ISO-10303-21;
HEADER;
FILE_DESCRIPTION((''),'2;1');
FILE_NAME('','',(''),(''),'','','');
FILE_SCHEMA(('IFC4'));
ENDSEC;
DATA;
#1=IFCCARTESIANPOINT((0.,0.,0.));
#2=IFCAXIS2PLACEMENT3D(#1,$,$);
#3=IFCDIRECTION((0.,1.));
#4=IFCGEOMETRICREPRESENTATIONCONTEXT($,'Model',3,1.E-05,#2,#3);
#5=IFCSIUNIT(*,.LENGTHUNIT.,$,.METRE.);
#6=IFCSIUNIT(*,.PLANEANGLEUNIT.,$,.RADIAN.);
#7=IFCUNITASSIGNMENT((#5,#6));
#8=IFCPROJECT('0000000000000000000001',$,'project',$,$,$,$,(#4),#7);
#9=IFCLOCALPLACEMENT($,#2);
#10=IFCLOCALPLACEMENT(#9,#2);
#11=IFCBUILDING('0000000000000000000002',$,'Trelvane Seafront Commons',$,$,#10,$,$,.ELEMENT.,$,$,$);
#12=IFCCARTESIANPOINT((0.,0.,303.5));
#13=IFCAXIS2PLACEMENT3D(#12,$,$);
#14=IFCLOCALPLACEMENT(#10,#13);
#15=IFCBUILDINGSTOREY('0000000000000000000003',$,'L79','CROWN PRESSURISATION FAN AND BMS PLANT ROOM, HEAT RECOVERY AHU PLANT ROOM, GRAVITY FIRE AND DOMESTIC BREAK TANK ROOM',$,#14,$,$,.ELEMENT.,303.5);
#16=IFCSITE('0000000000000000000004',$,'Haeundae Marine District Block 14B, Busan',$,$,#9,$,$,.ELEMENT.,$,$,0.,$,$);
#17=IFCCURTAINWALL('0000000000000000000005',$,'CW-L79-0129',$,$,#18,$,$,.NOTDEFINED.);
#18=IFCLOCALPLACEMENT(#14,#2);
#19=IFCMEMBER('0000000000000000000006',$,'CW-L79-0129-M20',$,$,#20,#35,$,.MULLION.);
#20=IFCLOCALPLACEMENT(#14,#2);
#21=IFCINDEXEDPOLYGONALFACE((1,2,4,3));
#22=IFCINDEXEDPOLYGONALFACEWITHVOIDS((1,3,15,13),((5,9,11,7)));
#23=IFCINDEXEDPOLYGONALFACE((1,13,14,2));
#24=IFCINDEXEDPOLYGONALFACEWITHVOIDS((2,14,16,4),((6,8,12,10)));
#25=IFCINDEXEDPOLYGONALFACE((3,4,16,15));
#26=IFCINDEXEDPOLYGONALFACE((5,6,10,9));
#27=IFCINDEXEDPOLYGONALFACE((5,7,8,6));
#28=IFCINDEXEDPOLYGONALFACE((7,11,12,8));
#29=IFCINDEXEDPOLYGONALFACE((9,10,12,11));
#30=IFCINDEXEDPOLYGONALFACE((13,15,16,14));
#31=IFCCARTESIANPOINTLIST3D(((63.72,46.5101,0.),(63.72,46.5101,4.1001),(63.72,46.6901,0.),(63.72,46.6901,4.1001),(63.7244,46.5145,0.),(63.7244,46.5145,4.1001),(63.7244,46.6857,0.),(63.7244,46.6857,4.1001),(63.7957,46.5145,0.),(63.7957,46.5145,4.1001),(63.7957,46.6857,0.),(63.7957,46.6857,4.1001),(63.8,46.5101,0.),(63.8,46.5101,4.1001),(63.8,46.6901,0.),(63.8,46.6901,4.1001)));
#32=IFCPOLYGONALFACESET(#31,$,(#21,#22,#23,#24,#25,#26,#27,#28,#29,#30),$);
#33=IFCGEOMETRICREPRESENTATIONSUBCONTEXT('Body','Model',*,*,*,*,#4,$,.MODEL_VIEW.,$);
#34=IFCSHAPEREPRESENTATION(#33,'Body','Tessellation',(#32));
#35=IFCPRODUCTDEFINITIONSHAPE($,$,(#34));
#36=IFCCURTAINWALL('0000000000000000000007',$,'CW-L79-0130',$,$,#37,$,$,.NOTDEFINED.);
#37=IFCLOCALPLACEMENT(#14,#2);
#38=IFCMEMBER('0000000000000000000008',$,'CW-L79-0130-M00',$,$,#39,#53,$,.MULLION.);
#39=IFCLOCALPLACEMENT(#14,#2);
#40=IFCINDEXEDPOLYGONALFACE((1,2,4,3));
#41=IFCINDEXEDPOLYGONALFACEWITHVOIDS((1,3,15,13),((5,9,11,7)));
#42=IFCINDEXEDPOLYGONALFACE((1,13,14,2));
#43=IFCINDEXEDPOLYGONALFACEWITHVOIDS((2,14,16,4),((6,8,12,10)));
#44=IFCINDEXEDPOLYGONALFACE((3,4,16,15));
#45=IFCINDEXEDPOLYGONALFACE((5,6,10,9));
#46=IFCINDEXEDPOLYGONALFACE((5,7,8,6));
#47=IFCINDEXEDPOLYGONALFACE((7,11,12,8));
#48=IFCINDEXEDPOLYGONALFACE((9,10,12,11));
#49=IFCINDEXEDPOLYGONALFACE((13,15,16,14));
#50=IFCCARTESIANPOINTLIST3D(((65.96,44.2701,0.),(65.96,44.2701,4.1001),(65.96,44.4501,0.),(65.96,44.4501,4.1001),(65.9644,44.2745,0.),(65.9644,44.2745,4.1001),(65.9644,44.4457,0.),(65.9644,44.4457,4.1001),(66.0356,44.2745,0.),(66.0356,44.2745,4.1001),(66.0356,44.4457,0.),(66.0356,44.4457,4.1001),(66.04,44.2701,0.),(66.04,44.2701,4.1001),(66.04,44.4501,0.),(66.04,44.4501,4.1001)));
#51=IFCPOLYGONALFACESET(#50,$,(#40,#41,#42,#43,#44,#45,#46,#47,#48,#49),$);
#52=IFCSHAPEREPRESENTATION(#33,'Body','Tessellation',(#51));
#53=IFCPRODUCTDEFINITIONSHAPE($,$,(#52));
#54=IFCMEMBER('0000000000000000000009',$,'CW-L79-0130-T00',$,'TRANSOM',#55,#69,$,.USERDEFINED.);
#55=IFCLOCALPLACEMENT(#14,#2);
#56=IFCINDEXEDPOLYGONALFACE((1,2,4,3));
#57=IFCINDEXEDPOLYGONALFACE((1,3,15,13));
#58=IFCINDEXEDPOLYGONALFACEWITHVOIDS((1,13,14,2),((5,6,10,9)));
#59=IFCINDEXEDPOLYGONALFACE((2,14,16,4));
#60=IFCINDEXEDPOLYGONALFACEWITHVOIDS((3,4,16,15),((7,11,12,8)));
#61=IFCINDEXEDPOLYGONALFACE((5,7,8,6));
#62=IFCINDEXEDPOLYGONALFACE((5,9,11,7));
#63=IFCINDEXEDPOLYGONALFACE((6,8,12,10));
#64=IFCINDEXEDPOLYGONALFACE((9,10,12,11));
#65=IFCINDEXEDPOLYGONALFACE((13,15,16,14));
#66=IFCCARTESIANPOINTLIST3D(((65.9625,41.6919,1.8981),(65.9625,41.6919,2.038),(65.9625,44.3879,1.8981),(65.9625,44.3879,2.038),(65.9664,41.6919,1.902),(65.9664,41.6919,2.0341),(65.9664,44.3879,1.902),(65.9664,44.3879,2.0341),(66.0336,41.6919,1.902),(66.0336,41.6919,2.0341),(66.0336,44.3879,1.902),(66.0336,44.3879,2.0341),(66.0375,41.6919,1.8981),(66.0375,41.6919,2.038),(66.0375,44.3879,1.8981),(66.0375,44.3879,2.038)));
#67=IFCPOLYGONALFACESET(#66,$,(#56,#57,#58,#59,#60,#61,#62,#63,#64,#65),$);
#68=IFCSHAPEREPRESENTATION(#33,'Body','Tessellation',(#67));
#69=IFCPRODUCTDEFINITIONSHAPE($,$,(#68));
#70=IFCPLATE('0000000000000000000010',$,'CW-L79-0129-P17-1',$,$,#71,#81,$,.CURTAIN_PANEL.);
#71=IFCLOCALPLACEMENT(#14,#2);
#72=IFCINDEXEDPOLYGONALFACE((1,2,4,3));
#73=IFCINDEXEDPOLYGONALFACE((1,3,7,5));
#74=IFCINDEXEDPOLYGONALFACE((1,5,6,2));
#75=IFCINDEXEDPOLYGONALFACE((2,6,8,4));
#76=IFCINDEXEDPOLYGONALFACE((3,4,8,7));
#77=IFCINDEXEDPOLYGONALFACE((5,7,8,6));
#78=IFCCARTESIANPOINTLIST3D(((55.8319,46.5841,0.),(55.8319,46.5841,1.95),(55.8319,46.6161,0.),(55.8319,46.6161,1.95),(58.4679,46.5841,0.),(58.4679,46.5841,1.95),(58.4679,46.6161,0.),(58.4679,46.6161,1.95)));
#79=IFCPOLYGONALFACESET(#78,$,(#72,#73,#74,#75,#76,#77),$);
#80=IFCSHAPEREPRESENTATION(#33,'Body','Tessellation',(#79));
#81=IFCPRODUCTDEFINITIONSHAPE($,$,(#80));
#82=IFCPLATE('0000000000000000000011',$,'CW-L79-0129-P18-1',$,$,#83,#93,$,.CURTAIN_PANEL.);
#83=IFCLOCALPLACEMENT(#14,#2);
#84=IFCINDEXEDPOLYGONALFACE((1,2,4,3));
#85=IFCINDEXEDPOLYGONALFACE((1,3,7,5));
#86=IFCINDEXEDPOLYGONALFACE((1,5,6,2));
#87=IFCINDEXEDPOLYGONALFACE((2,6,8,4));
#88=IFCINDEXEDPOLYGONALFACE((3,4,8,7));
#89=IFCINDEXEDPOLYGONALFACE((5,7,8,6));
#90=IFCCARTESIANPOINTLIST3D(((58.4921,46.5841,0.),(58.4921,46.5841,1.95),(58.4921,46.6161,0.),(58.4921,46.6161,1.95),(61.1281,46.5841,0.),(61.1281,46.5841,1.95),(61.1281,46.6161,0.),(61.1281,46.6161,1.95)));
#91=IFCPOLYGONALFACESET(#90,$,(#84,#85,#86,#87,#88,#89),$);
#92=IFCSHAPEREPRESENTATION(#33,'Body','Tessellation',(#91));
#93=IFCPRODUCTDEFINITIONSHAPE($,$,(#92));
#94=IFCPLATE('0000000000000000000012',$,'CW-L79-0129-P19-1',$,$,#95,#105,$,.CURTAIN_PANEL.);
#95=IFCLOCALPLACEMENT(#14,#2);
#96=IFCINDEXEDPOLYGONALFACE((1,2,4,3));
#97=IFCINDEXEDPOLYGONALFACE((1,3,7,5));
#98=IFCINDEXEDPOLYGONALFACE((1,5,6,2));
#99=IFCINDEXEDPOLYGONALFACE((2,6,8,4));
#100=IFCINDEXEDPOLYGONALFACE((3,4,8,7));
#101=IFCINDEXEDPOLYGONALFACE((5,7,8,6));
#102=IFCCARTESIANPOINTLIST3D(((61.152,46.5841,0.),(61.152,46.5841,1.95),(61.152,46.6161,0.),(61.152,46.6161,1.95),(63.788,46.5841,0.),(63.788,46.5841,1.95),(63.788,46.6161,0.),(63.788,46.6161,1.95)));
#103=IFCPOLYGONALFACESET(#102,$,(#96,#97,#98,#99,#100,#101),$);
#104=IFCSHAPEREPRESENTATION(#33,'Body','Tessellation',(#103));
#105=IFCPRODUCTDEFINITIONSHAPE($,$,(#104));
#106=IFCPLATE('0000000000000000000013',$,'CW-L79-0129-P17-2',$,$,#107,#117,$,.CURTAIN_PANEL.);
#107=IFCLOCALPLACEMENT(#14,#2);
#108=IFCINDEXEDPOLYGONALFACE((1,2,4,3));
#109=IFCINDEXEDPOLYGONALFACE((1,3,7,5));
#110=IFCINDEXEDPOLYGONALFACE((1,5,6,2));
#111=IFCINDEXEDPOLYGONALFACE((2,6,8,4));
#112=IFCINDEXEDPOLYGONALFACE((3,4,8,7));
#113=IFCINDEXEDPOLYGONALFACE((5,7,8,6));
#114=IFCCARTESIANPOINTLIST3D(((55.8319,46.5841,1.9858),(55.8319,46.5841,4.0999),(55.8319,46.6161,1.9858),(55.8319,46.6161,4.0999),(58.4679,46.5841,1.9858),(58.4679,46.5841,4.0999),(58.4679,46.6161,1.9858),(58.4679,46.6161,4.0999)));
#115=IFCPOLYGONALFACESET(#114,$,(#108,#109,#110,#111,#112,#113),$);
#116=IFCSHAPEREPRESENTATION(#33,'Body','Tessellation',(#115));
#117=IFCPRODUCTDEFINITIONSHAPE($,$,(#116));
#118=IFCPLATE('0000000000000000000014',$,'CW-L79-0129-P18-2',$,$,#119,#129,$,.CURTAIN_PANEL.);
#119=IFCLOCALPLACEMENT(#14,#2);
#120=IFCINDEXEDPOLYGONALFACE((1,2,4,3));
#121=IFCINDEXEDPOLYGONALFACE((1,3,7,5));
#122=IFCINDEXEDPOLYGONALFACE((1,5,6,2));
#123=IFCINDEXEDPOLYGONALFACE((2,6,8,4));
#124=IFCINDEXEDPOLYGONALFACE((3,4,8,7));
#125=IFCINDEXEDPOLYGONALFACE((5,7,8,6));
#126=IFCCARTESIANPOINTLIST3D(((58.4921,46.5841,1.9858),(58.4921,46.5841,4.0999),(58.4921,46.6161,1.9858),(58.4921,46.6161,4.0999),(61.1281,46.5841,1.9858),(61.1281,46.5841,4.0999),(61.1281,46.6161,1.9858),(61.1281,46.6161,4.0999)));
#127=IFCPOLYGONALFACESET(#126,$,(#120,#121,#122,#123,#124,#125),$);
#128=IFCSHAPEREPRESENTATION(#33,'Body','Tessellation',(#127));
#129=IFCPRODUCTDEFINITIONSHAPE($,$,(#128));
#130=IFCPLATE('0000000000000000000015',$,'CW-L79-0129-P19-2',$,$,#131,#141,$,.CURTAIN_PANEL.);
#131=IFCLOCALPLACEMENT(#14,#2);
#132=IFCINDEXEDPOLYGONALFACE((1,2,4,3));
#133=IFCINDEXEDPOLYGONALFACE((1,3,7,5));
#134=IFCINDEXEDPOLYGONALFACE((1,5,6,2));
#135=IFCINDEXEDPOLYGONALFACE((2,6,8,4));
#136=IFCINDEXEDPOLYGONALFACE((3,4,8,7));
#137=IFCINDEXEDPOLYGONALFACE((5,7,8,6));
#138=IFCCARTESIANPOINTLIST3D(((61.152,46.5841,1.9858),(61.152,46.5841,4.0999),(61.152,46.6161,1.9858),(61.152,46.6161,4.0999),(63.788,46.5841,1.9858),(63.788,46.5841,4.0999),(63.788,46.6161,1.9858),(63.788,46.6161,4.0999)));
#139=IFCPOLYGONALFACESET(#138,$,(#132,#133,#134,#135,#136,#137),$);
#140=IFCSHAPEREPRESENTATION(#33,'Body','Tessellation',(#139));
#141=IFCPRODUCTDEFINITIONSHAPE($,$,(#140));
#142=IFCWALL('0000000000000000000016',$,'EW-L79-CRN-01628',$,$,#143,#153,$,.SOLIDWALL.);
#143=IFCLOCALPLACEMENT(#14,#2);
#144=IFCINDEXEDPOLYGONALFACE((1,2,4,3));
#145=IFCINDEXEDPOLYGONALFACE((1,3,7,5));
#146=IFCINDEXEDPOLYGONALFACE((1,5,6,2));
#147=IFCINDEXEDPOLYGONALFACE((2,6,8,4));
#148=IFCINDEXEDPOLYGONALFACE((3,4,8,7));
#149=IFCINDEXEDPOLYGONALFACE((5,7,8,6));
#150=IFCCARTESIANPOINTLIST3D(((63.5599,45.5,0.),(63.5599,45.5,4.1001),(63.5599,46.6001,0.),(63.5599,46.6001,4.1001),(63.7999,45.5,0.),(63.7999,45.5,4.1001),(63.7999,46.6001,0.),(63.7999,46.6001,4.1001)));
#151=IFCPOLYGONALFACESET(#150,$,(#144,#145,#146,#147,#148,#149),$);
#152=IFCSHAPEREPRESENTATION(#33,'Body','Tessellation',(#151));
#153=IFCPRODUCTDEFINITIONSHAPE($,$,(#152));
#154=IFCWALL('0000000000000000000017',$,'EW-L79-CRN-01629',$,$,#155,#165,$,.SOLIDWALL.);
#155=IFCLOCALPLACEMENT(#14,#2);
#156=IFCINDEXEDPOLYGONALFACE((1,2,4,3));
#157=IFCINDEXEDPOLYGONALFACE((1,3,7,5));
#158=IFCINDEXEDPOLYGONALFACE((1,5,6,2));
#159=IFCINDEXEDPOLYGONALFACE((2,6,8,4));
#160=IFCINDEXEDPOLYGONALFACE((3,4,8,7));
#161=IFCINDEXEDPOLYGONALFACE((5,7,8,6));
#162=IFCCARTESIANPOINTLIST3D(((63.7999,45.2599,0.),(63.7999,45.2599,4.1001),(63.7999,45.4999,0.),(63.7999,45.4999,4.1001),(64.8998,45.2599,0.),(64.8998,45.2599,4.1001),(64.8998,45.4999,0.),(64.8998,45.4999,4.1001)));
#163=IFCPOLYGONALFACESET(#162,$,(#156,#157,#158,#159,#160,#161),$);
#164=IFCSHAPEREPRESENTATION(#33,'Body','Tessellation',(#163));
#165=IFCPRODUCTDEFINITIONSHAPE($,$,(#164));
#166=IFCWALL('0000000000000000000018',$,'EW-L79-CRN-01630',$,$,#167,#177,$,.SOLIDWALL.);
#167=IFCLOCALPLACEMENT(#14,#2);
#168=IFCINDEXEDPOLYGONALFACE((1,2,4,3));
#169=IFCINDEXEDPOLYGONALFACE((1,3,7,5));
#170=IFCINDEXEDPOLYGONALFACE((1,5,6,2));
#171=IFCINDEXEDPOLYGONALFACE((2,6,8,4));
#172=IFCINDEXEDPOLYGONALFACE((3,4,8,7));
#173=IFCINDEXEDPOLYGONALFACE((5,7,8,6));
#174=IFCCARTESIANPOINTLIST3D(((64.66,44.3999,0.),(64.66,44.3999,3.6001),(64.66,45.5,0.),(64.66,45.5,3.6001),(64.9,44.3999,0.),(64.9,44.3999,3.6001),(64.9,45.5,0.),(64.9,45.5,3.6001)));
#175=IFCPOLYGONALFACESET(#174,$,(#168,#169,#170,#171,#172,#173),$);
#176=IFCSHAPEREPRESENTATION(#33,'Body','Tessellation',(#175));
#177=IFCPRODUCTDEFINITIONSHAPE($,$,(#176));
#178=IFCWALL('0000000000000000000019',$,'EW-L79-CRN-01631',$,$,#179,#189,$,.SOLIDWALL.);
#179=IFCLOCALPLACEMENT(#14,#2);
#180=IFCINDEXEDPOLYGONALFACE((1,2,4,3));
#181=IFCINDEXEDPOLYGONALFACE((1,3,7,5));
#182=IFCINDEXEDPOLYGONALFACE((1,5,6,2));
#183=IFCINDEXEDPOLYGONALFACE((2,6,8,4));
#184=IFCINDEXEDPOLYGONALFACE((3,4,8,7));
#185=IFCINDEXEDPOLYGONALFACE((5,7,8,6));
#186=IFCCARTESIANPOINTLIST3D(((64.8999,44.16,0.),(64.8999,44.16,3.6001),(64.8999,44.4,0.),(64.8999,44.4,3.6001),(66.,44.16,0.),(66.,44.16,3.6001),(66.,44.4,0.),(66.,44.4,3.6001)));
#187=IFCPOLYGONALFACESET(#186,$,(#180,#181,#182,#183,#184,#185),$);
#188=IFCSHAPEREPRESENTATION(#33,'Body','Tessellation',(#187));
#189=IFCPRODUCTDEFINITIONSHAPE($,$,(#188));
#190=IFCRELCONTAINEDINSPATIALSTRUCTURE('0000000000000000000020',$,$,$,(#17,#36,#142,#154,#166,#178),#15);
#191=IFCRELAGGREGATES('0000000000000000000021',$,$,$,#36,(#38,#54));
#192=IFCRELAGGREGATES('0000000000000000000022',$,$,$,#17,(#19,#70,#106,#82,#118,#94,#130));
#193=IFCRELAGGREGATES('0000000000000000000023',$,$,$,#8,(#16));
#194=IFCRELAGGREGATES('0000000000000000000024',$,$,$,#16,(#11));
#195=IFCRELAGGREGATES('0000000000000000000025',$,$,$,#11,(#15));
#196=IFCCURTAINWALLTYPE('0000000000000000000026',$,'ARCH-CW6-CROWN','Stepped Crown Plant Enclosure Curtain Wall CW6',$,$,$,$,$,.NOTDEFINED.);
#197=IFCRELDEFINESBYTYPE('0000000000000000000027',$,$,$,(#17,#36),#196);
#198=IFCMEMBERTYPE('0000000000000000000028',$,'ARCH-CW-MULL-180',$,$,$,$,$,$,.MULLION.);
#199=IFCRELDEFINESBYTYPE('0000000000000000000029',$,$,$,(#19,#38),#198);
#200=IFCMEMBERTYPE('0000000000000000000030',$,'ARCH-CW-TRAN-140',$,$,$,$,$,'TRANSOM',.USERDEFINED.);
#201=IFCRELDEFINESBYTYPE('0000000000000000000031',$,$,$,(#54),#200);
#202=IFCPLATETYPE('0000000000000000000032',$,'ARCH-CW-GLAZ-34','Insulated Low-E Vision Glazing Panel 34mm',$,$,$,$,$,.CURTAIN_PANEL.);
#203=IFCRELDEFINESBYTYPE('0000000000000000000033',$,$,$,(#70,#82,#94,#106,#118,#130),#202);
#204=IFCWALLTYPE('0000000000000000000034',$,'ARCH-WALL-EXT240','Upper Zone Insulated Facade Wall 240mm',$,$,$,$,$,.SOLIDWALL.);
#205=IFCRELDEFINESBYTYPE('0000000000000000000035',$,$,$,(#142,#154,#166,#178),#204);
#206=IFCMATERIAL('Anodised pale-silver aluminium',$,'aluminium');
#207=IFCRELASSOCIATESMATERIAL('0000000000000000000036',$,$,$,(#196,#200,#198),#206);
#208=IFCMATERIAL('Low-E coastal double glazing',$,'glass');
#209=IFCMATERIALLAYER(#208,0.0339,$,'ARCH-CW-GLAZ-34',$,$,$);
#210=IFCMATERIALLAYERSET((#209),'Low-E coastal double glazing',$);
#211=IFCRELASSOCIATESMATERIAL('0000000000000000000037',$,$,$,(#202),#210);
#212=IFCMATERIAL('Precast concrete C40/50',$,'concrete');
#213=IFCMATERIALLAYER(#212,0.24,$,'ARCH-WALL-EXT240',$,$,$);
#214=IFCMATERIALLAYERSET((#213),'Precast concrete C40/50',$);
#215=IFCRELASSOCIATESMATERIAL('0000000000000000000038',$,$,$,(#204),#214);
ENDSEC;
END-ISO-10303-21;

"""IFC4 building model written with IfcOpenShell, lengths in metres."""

from ifc_helpers import new_model, si_unit, direction, frame, frame_2d, origin, origin_2d, place, context, subcontext, project, spatial, rectangle, hollow_rectangle, extrude, source, transform, mapped, material, layer, layer_set, material_profile, profile_set, type_object, element, aggregate, save


model = new_model("IFC4")

# Units and contexts
model_context = context("Model", 3, precision=1e-05, world=origin(), true_north=direction((0.0, 1.0)))
body_context = subcontext(model_context, "Body", "Model", "MODEL_VIEW")
ifc_project = project(units=[si_unit("LENGTHUNIT", "METRE"), si_unit("PLANEANGLEUNIT", "RADIAN")], contexts=[model_context])

# Site, building, storey
site_placement = place(None, origin())
site = spatial("IfcSite", under=ifc_project, at=site_placement, Name="Haeundae Marine District Block 14B, Busan", CompositionType="ELEMENT", RefElevation=0.0)
building_placement = place(site_placement, origin())
building = spatial("IfcBuilding", under=site, at=building_placement, Name="Trelvane Seafront Commons", CompositionType="ELEMENT")
storey_placement = place(building_placement, frame((0.0, 0.0, 303.5)))
storey = spatial("IfcBuildingStorey", under=building, at=storey_placement, Name="L79", Description="CROWN PRESSURISATION FAN AND BMS PLANT ROOM, HEAT RECOVERY AHU PLANT ROOM, GRAVITY FIRE AND DOMESTIC BREAK TANK ROOM", CompositionType="ELEMENT", Elevation=303.5)

# Curtain walls, members
ifc_material_1 = material(Name="Anodised pale-silver aluminium", Category="aluminium")
curtain_wall_type = type_object("IfcCurtainWallType", Name="ARCH-CW6-CROWN", Description="Stepped Crown Plant Enclosure Curtain Wall CW6", PredefinedType="NOTDEFINED", material=ifc_material_1)
curtain_wall_1_placement = place(storey_placement, origin())
curtain_wall_1 = element("IfcCurtainWall", 1, at=curtain_wall_1_placement, inside=storey, type_object=curtain_wall_type, Name="CW-L79-0129", PredefinedType="NOTDEFINED")
ifc_material_profile_1 = material_profile(ifc_material_1, hollow_rectangle(XDim=0.075, YDim=0.1399, WallThickness=0.0039, at=origin_2d()), Name="TRAN-75x140x4")
ifc_profile_set_1 = profile_set([ifc_material_profile_1], Name="Anodised pale-silver aluminium")
member_type_1 = type_object("IfcMemberType", Name="ARCH-CW-TRAN-140", ElementType="TRANSOM", PredefinedType="USERDEFINED", material=ifc_profile_set_1)
ifc_material_profile_2 = material_profile(ifc_material_1, hollow_rectangle(XDim=0.0801, YDim=0.1799, WallThickness=0.0044, at=origin_2d()), Name="MULL-80x180x4.5")
ifc_profile_set_2 = profile_set([ifc_material_profile_2], Name="Anodised pale-silver aluminium")
member_type_2 = type_object("IfcMemberType", Name="ARCH-CW-MULL-180", PredefinedType="MULLION", material=ifc_profile_set_2)
shared_shape_1 = source(origin(), body_context, "Body", "SweptSolid", [
    extrude(hollow_rectangle(XDim=0.0801, YDim=0.1799, WallThickness=0.0044, at=origin_2d()), origin(), (0.0, 0.0, 1.0), 4.1001),
])
member_1_placement = place(storey_placement, frame((63.76, 46.6001, 0.0), z_axis=(0.0, 0.0, 1.0), x_axis=(1.0, 0.0, 0.0)))
member_1 = element("IfcMember", 2, at=member_1_placement, type_object=member_type_2, Name="CW-L79-0129-M20", PredefinedType="MULLION", context=body_context, shape_type="MappedRepresentation", body=[
    mapped(shared_shape_1, transform((0.0, 0.0, 0.0), x_axis=(1.0, 0.0, 0.0), y_axis=(0.0, 1.0, 0.0), z_axis=(0.0, 0.0, 1.0), scale=1.0)),
])
curtain_wall_2_placement = place(storey_placement, origin())
curtain_wall_2 = element("IfcCurtainWall", 3, at=curtain_wall_2_placement, inside=storey, type_object=curtain_wall_type, Name="CW-L79-0130", PredefinedType="NOTDEFINED")
member_2_placement = place(storey_placement, frame((66.0, 44.3601, 0.0), z_axis=(0.0, 0.0, 1.0), x_axis=(1.0, 0.0, 0.0)))
member_2 = element("IfcMember", 4, at=member_2_placement, type_object=member_type_2, Name="CW-L79-0130-M00", PredefinedType="MULLION", context=body_context, shape_type="MappedRepresentation", body=[
    mapped(shared_shape_1, transform((0.0, 0.0, 0.0), x_axis=(1.0, 0.0, 0.0), y_axis=(0.0, 1.0, 0.0), z_axis=(0.0, 0.0, 1.0), scale=1.0)),
])
shared_shape_2 = source(origin(), body_context, "Body", "SweptSolid", [
    extrude(hollow_rectangle(XDim=0.075, YDim=0.1399, WallThickness=0.0039, at=origin_2d()), origin(), (0.0, 0.0, 1.0), 2.696),
])
member_3_placement = place(storey_placement, frame((66.0, 44.3879, 1.968), z_axis=(0.0, -1.0, 0.0), x_axis=(1.0, 0.0, 0.0)))
member_3 = element("IfcMember", 5, at=member_3_placement, type_object=member_type_1, Name="CW-L79-0130-T00", ObjectType="TRANSOM", PredefinedType="USERDEFINED", context=body_context, shape_type="MappedRepresentation", body=[
    mapped(shared_shape_2, transform((0.0, 0.0, 0.0), x_axis=(1.0, 0.0, 0.0), y_axis=(0.0, 1.0, 0.0), z_axis=(0.0, 0.0, 1.0), scale=1.0)),
])
aggregate(curtain_wall_2, [member_2, member_3])

# Plates
ifc_material_2 = material(Name="Low-E coastal double glazing", Category="glass")
ifc_layer_1 = layer(ifc_material_2, 0.0339, Name="ARCH-CW-GLAZ-34")
ifc_layer_set_1 = layer_set([ifc_layer_1], Name="Low-E coastal double glazing")
plate_type = type_object("IfcPlateType", Name="ARCH-CW-GLAZ-34", Description="Insulated Low-E Vision Glazing Panel 34mm", PredefinedType="CURTAIN_PANEL", material=ifc_layer_set_1)
shared_shape_3 = source(origin(), body_context, "Body", "SweptSolid", [
    extrude(rectangle(XDim=2.636, YDim=0.032, at=origin_2d()), origin(), (0.0, 0.0, 1.0), 1.95),
])
plate_1_placement = place(storey_placement, frame((57.1499, 46.6001, 0.0), z_axis=(0.0, 0.0, 1.0), x_axis=(1.0, 0.0, 0.0)))
plate_1 = element("IfcPlate", 6, at=plate_1_placement, type_object=plate_type, Name="CW-L79-0129-P17-1", PredefinedType="CURTAIN_PANEL", context=body_context, shape_type="MappedRepresentation", body=[
    mapped(shared_shape_3, transform((0.0, 0.0, 0.0), x_axis=(1.0, 0.0, 0.0), y_axis=(0.0, 1.0, 0.0), z_axis=(0.0, 0.0, 1.0), scale=1.0)),
])
plate_2_placement = place(storey_placement, frame((59.8101, 46.6001, 0.0), z_axis=(0.0, 0.0, 1.0), x_axis=(1.0, 0.0, 0.0)))
plate_2 = element("IfcPlate", 7, at=plate_2_placement, type_object=plate_type, Name="CW-L79-0129-P18-1", PredefinedType="CURTAIN_PANEL", context=body_context, shape_type="MappedRepresentation", body=[
    mapped(shared_shape_3, transform((0.0, 0.0, 0.0), x_axis=(1.0, 0.0, 0.0), y_axis=(0.0, 1.0, 0.0), z_axis=(0.0, 0.0, 1.0), scale=1.0)),
])
plate_3_placement = place(storey_placement, frame((62.47, 46.6001, 0.0), z_axis=(0.0, 0.0, 1.0), x_axis=(1.0, 0.0, 0.0)))
plate_3 = element("IfcPlate", 8, at=plate_3_placement, type_object=plate_type, Name="CW-L79-0129-P19-1", PredefinedType="CURTAIN_PANEL", context=body_context, shape_type="MappedRepresentation", body=[
    mapped(shared_shape_3, transform((0.0, 0.0, 0.0), x_axis=(1.0, 0.0, 0.0), y_axis=(0.0, 1.0, 0.0), z_axis=(0.0, 0.0, 1.0), scale=1.0)),
])
shared_shape_4 = source(origin(), body_context, "Body", "SweptSolid", [
    extrude(rectangle(XDim=2.636, YDim=0.032, at=origin_2d()), origin(), (0.0, 0.0, 1.0), 2.114),
])
plate_4_placement = place(storey_placement, frame((57.1499, 46.6001, 1.9858), z_axis=(0.0, 0.0, 1.0), x_axis=(1.0, 0.0, 0.0)))
plate_4 = element("IfcPlate", 9, at=plate_4_placement, type_object=plate_type, Name="CW-L79-0129-P17-2", PredefinedType="CURTAIN_PANEL", context=body_context, shape_type="MappedRepresentation", body=[
    mapped(shared_shape_4, transform((0.0, 0.0, 0.0), x_axis=(1.0, 0.0, 0.0), y_axis=(0.0, 1.0, 0.0), z_axis=(0.0, 0.0, 1.0), scale=1.0)),
])
plate_5_placement = place(storey_placement, frame((59.8101, 46.6001, 1.9858), z_axis=(0.0, 0.0, 1.0), x_axis=(1.0, 0.0, 0.0)))
plate_5 = element("IfcPlate", 10, at=plate_5_placement, type_object=plate_type, Name="CW-L79-0129-P18-2", PredefinedType="CURTAIN_PANEL", context=body_context, shape_type="MappedRepresentation", body=[
    mapped(shared_shape_4, transform((0.0, 0.0, 0.0), x_axis=(1.0, 0.0, 0.0), y_axis=(0.0, 1.0, 0.0), z_axis=(0.0, 0.0, 1.0), scale=1.0)),
])
plate_6_placement = place(storey_placement, frame((62.47, 46.6001, 1.9858), z_axis=(0.0, 0.0, 1.0), x_axis=(1.0, 0.0, 0.0)))
plate_6 = element("IfcPlate", 11, at=plate_6_placement, type_object=plate_type, Name="CW-L79-0129-P19-2", PredefinedType="CURTAIN_PANEL", context=body_context, shape_type="MappedRepresentation", body=[
    mapped(shared_shape_4, transform((0.0, 0.0, 0.0), x_axis=(1.0, 0.0, 0.0), y_axis=(0.0, 1.0, 0.0), z_axis=(0.0, 0.0, 1.0), scale=1.0)),
])
aggregate(curtain_wall_1, [member_1, plate_1, plate_4, plate_2, plate_5, plate_3, plate_6])

# Walls
ifc_material_3 = material(Name="Precast concrete C40/50", Category="concrete")
ifc_layer_2 = layer(ifc_material_3, 0.24, Name="ARCH-WALL-EXT240")
ifc_layer_set_2 = layer_set([ifc_layer_2], Name="Precast concrete C40/50")
wall_type = type_object("IfcWallType", Name="ARCH-WALL-EXT240", Description="Upper Zone Insulated Facade Wall 240mm", PredefinedType="SOLIDWALL", material=ifc_layer_set_2)
wall_1_placement = place(storey_placement, frame((63.6799, 46.6001, 0.0), z_axis=(0.0, 0.0, 1.0), x_axis=(0.0, -1.0, 0.0)))
element("IfcWall", 12, at=wall_1_placement, inside=storey, type_object=wall_type, Name="EW-L79-CRN-01628", PredefinedType="SOLIDWALL", context=body_context, shape_type="SweptSolid", body=[
    extrude(rectangle(XDim=1.1001, YDim=0.24, at=frame_2d((0.55, 0.0))), origin(), (0.0, 0.0, 1.0), 4.1001),
])
wall_2_placement = place(storey_placement, frame((63.8, 45.3799, 0.0), z_axis=(0.0, 0.0, 1.0), x_axis=(1.0, 0.0, 0.0)))
element("IfcWall", 13, at=wall_2_placement, inside=storey, type_object=wall_type, Name="EW-L79-CRN-01629", PredefinedType="SOLIDWALL", context=body_context, shape_type="SweptSolid", body=[
    extrude(rectangle(XDim=1.0999, YDim=0.24, at=frame_2d((0.5498, 0.0))), origin(), (0.0, 0.0, 1.0), 4.1001),
])
for number, where, z_axis, x_axis, name in (
    (14, (64.78, 45.5, 0.0), (0.0, 0.0, 1.0), (0.0, -1.0, 0.0), "EW-L79-CRN-01630"),
    (15, (64.8999, 44.28, 0.0), (0.0, 0.0, 1.0), (1.0, 0.0, 0.0), "EW-L79-CRN-01631"),
):
    element("IfcWall", number, at=place(storey_placement, frame(where, z_axis=z_axis, x_axis=x_axis)), inside=storey, type_object=wall_type, Name=name, PredefinedType="SOLIDWALL", context=body_context, shape_type="SweptSolid", body=[
        extrude(rectangle(XDim=1.1001, YDim=0.24, at=frame_2d((0.55, 0.0))), origin(), (0.0, 0.0, 1.0), 3.6001),
    ])

save(model, "model.ifc")
